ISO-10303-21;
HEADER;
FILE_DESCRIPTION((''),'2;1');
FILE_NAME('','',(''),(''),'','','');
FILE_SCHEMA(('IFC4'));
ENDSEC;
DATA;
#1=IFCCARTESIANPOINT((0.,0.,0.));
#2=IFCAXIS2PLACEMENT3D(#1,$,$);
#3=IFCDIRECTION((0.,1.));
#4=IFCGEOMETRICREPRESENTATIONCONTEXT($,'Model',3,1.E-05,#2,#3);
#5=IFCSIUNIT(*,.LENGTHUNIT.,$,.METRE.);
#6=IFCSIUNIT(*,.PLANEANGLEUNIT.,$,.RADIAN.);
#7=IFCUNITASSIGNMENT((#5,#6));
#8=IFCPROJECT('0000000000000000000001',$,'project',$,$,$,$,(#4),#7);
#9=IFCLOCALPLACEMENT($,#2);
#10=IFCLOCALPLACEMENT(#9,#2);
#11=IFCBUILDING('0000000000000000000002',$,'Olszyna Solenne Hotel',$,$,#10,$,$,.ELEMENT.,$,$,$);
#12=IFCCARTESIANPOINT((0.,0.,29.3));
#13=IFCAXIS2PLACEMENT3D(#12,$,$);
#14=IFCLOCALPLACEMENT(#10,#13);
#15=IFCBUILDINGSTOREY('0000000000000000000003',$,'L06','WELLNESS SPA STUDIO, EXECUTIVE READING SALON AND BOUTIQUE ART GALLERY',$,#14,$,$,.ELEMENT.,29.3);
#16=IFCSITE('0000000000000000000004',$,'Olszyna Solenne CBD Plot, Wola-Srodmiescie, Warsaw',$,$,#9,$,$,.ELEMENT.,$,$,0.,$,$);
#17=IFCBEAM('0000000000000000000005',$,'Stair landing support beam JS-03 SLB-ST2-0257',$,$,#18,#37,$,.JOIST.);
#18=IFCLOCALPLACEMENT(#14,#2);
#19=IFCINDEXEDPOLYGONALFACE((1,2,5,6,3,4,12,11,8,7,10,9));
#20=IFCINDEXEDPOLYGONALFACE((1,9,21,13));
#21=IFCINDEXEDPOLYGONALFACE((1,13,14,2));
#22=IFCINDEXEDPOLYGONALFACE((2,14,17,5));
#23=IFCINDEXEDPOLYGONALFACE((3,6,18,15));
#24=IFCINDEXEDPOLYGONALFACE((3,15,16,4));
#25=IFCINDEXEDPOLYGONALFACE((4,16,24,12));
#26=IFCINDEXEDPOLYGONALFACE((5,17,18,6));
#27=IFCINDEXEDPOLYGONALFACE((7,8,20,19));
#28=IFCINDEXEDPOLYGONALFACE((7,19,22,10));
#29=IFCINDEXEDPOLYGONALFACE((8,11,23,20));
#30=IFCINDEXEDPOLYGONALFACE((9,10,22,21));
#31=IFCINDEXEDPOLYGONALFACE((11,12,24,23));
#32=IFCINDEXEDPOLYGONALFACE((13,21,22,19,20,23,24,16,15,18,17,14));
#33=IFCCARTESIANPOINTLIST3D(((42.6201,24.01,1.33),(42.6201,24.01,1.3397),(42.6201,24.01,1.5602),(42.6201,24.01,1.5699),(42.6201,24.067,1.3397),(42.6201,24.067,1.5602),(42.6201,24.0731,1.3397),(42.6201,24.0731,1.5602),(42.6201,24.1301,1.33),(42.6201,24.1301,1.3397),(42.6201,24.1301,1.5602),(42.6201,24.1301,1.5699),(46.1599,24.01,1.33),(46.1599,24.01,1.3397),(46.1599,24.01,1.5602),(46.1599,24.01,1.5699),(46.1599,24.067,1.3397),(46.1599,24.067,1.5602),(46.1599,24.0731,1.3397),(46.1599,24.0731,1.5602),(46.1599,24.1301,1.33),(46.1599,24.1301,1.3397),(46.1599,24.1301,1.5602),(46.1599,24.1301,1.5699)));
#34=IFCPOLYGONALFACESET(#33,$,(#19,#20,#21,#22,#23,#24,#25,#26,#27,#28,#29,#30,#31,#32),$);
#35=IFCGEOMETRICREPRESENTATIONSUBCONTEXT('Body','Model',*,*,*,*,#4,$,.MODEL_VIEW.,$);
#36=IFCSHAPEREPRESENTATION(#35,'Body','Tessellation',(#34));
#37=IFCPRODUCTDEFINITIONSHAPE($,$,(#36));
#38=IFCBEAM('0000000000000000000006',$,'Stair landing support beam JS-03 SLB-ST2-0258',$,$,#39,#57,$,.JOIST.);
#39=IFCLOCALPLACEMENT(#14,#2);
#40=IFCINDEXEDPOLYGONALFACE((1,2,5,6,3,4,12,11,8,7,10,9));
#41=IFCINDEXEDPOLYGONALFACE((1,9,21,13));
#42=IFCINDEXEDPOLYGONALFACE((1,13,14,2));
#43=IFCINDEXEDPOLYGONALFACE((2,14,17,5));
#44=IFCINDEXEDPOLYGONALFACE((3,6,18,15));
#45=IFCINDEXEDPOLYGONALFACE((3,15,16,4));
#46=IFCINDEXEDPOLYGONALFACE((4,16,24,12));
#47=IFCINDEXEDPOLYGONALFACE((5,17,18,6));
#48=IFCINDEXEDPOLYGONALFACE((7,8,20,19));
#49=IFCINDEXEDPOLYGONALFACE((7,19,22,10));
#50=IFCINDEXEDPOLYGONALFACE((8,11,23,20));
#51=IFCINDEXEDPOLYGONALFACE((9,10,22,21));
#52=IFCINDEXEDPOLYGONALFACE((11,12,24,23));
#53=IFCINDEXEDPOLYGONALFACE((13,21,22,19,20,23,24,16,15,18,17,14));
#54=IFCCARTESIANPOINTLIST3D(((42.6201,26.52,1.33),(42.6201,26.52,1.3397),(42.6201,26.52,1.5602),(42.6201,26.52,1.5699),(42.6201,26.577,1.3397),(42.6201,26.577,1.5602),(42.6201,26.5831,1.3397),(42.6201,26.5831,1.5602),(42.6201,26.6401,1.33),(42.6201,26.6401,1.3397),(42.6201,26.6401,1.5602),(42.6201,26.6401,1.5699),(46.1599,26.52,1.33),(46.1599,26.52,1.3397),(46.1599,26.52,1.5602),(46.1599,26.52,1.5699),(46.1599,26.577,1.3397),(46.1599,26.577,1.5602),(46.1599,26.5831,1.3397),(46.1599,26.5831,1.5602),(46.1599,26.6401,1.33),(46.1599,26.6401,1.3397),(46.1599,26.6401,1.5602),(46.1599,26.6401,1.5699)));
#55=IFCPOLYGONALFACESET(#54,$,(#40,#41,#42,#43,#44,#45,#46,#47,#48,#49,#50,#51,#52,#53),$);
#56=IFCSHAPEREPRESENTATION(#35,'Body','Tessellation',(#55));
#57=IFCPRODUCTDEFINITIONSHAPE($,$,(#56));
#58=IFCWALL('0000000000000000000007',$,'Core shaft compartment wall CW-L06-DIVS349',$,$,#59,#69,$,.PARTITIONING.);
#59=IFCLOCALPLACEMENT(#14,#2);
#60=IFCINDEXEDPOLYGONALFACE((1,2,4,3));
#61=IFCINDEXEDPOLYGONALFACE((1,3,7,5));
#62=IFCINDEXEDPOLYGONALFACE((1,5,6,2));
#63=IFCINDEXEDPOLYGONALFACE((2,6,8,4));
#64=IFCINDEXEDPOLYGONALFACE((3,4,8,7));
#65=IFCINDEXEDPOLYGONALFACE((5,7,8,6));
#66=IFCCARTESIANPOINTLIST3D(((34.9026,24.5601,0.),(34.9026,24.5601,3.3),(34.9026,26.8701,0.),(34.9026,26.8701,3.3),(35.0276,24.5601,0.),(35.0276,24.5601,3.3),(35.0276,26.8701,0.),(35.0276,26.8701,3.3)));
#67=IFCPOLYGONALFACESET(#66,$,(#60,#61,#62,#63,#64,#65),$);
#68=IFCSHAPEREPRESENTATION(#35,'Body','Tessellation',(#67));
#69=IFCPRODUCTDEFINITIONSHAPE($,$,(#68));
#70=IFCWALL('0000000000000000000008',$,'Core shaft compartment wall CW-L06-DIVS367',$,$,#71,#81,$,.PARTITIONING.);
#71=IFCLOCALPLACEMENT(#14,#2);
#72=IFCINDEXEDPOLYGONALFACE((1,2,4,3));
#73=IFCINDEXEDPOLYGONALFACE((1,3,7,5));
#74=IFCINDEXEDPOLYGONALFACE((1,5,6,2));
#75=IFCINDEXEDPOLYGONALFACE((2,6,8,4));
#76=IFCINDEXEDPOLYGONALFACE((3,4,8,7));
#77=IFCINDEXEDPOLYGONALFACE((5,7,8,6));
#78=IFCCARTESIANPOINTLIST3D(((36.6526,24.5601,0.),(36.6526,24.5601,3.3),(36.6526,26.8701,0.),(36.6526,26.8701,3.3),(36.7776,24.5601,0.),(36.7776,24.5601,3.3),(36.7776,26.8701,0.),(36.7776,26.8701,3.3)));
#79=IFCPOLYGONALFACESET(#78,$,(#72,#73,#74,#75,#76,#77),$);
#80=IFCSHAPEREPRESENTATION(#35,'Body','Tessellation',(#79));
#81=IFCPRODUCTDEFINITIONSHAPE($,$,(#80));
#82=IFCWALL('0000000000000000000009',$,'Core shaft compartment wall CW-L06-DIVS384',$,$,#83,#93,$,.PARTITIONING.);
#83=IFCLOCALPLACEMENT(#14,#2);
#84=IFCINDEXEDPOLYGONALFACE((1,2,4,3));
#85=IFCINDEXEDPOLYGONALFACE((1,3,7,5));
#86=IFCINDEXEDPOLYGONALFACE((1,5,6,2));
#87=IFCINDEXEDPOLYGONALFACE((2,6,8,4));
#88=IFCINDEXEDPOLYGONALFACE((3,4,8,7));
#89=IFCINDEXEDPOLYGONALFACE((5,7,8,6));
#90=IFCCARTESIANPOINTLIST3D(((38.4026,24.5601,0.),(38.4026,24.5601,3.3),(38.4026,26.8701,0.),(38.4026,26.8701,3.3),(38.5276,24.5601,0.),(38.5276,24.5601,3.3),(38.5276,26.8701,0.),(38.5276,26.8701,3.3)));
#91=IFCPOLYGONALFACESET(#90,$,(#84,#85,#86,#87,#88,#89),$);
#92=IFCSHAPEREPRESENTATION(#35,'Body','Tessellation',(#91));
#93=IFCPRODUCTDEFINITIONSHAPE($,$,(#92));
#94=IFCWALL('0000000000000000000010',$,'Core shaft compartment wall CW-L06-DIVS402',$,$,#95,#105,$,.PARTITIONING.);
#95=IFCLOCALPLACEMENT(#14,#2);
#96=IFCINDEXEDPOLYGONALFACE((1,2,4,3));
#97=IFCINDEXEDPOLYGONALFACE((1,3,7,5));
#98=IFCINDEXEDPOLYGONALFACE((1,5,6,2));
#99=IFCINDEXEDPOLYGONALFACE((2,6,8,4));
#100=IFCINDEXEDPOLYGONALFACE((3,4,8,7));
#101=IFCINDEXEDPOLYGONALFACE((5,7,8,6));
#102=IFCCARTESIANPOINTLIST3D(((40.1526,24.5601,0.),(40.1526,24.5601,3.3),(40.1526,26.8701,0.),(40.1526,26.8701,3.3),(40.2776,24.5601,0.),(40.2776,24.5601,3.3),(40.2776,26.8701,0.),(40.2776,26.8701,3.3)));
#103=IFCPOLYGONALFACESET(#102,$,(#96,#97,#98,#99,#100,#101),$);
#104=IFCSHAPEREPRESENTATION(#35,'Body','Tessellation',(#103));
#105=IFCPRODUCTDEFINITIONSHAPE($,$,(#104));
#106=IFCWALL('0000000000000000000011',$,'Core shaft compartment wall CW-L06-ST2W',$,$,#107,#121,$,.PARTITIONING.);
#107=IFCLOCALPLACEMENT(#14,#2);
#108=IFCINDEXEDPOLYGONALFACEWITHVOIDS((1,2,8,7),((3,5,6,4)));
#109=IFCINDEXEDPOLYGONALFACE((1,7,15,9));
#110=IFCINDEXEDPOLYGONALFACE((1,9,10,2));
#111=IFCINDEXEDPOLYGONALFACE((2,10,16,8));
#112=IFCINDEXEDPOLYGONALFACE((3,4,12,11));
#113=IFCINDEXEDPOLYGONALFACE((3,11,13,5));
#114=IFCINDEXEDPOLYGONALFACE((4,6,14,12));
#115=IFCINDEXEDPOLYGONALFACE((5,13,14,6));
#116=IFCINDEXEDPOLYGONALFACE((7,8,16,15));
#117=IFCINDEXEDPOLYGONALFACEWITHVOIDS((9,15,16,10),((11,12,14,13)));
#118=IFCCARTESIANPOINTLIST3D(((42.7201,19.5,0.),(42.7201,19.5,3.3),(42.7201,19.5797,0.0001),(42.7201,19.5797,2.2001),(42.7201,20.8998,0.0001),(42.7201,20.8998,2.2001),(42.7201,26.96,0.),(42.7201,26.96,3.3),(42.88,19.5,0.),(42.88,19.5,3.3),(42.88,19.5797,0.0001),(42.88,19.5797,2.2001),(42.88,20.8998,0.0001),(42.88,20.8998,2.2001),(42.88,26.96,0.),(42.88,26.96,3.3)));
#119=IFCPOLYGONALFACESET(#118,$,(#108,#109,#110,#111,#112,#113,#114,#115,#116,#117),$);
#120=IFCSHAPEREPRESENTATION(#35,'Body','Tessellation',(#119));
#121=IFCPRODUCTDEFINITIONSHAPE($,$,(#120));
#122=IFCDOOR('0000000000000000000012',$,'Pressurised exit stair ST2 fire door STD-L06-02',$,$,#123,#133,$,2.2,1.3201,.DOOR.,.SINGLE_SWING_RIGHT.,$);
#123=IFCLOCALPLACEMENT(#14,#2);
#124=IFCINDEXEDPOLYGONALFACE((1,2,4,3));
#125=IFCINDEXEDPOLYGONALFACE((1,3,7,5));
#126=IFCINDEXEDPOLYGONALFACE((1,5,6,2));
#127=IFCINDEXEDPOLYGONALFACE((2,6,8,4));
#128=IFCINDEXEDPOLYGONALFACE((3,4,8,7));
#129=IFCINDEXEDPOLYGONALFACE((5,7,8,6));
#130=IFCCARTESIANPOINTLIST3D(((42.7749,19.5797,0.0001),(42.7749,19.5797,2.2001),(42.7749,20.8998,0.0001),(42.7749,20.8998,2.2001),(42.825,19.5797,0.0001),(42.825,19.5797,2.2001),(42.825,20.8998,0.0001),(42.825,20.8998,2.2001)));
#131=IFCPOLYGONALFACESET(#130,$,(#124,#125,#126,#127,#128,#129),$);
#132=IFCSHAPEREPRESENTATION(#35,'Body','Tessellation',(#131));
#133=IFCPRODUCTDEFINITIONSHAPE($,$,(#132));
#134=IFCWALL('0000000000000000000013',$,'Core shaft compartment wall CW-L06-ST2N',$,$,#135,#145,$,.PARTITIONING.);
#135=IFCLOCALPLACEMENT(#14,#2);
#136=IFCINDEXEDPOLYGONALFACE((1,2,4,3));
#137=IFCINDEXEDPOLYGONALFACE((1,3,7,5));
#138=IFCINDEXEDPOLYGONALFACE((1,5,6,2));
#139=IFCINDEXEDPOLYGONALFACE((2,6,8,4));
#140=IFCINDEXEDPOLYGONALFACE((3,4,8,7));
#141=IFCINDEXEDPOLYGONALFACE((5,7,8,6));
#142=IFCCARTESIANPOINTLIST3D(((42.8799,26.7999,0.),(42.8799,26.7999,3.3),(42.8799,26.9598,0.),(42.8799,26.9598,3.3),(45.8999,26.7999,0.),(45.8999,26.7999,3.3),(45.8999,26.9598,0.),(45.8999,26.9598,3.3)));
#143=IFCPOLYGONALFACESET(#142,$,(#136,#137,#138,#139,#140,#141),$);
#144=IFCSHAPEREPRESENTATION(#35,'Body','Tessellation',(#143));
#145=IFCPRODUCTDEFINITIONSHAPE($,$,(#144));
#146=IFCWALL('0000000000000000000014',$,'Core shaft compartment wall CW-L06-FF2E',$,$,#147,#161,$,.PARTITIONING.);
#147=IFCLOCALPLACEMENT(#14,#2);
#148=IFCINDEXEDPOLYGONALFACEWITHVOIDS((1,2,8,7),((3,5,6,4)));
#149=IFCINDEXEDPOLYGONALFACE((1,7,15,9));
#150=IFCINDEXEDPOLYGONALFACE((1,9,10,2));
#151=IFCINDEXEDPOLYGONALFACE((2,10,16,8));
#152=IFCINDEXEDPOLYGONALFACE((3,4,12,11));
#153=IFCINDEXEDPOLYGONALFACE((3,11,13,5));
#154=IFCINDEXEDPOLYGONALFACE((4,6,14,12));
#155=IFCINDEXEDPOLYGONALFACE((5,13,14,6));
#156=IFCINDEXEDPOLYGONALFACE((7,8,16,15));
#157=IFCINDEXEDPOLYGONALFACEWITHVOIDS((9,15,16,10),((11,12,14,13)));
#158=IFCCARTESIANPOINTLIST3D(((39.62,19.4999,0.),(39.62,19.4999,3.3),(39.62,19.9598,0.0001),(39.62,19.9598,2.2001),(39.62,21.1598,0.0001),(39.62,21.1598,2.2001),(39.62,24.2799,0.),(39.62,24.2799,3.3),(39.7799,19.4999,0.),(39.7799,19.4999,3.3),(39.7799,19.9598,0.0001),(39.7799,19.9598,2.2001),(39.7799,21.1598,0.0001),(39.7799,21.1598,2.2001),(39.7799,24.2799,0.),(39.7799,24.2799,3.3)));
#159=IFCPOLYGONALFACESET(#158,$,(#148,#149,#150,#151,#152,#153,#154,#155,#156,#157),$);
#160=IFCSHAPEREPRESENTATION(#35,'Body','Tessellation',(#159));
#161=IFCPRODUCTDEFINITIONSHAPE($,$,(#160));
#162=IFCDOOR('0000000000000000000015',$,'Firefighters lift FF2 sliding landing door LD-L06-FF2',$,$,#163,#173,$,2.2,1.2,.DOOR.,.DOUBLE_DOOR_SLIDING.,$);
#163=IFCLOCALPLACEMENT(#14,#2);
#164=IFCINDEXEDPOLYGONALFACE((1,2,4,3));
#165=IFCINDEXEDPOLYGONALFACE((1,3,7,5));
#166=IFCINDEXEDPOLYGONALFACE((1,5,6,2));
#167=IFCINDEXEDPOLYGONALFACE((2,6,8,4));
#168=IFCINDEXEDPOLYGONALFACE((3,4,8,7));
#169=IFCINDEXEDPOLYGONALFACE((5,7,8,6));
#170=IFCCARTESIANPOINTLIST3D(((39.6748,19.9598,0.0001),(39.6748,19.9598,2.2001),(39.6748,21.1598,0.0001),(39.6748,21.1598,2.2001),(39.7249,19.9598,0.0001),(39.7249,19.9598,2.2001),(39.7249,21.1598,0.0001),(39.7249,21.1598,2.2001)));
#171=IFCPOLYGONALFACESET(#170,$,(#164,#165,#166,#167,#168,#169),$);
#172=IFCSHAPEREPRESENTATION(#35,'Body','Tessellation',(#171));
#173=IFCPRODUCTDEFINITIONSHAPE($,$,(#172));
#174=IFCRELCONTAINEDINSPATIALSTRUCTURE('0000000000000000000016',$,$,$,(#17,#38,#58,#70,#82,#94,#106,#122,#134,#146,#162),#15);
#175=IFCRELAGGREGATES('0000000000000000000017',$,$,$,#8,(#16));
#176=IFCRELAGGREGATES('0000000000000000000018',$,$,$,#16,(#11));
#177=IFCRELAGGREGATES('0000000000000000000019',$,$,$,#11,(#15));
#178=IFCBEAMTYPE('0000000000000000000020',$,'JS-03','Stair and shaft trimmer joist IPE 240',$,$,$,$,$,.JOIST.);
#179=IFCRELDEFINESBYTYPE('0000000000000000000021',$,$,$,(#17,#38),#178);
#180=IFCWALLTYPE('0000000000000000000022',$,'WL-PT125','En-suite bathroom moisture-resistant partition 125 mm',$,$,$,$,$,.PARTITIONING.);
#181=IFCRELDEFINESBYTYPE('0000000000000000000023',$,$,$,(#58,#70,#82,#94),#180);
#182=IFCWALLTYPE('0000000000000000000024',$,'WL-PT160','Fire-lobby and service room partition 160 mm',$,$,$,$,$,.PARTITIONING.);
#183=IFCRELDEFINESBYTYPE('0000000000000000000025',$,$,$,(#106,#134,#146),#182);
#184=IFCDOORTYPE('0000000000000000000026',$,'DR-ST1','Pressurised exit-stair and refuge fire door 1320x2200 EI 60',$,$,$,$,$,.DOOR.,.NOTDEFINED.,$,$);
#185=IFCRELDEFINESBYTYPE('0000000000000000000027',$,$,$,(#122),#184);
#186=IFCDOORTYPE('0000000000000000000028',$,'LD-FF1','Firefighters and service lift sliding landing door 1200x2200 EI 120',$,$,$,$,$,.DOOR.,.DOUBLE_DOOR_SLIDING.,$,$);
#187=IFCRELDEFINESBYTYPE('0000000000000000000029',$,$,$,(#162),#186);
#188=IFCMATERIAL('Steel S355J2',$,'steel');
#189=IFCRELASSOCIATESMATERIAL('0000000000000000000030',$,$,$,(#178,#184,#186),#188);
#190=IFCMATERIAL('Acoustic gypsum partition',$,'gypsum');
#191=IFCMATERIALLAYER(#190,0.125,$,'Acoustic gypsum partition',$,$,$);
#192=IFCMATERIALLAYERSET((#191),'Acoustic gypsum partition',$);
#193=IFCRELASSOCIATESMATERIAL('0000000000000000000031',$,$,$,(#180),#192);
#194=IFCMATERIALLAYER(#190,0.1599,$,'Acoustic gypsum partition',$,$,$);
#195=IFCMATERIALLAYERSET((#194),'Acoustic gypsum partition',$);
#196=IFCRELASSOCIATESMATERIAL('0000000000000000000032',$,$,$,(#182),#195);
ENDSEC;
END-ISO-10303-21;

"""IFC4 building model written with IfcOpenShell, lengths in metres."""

from ifc_helpers import new_model, si_unit, direction, frame, frame_2d, origin, origin_2d, place, context, subcontext, project, spatial, rectangle, i_section, extrude, source, transform, mapped, material, layer, layer_set, material_profile, profile_set, type_object, type_shapes, element, fill, save


model = new_model("IFC4")

# Units and contexts
model_context = context("Model", 3, precision=1e-05, world=origin(), true_north=direction((0.0, 1.0)))
body_context = subcontext(model_context, "Body", "Model", "MODEL_VIEW")
ifc_project = project(units=[si_unit("LENGTHUNIT", "METRE"), si_unit("PLANEANGLEUNIT", "RADIAN")], contexts=[model_context])

# Site, building, storey
site_placement = place(None, origin())
site = spatial("IfcSite", under=ifc_project, at=site_placement, Name="Olszyna Solenne CBD Plot, Wola-Srodmiescie, Warsaw", CompositionType="ELEMENT", RefElevation=0.0)
building_placement = place(site_placement, origin())
building = spatial("IfcBuilding", under=site, at=building_placement, Name="Olszyna Solenne Hotel", CompositionType="ELEMENT")
storey_placement = place(building_placement, frame((0.0, 0.0, 29.3)))
storey = spatial("IfcBuildingStorey", under=building, at=storey_placement, Name="L06", Description="WELLNESS SPA STUDIO, EXECUTIVE READING SALON AND BOUTIQUE ART GALLERY", CompositionType="ELEMENT", Elevation=29.3)

# Beams
ifc_material_1 = material(Name="Steel S355J2", Category="steel")
ifc_material_profile = material_profile(ifc_material_1, i_section(OverallWidth=0.1201, OverallDepth=0.24, WebThickness=0.0061, FlangeThickness=0.0098, at=origin_2d()), Name="IPE 240", Category="load-bearing")
ifc_profile_set = profile_set([ifc_material_profile], Name="Steel S355J2")
beam_type = type_object("IfcBeamType", Name="JS-03", Description="Stair and shaft trimmer joist IPE 240", PredefinedType="JOIST", material=ifc_profile_set)
shared_shape_1 = source(origin(), body_context, "Body", "SweptSolid", [
    extrude(i_section(OverallWidth=0.1201, OverallDepth=0.24, WebThickness=0.0061, FlangeThickness=0.0098, at=origin_2d()), origin(), (0.0, 0.0, 1.0), 3.5398),
])
for number, where, z_axis, x_axis, name in (
    (1, (46.1599, 24.0701, 1.45), (-1.0, 0.0, 0.0), (0.0, -1.0, 0.0), "Stair landing support beam JS-03 SLB-ST2-0257"),
    (2, (46.1599, 26.5801, 1.45), (-1.0, 0.0, 0.0), (0.0, -1.0, 0.0), "Stair landing support beam JS-03 SLB-ST2-0258"),
):
    element("IfcBeam", number, at=place(storey_placement, frame(where, z_axis=z_axis, x_axis=x_axis)), inside=storey, type_object=beam_type, Name=name, PredefinedType="JOIST", context=body_context, shape_type="MappedRepresentation", body=[
        mapped(shared_shape_1, transform((0.0, 0.0, 0.0), x_axis=(1.0, 0.0, 0.0), y_axis=(0.0, 1.0, 0.0), z_axis=(0.0, 0.0, 1.0), scale=1.0)),
    ])

# Walls
ifc_material_2 = material(Name="Acoustic gypsum partition", Category="gypsum")
ifc_layer_1 = layer(ifc_material_2, 0.125, Name="Acoustic gypsum partition")
ifc_layer_set_1 = layer_set([ifc_layer_1], Name="Acoustic gypsum partition")
wall_type_1 = type_object("IfcWallType", Name="WL-PT125", Description="En-suite bathroom moisture-resistant partition 125 mm", PredefinedType="PARTITIONING", material=ifc_layer_set_1)
for number, where, z_axis, x_axis, name in (
    (3, (34.9651, 24.5601, 0.0), (0.0, 0.0, 1.0), (0.0, 1.0, 0.0), "Core shaft compartment wall CW-L06-DIVS349"),
    (4, (36.7151, 24.5601, 0.0), (0.0, 0.0, 1.0), (0.0, 1.0, 0.0), "Core shaft compartment wall CW-L06-DIVS367"),
    (5, (38.4651, 24.5601, 0.0), (0.0, 0.0, 1.0), (0.0, 1.0, 0.0), "Core shaft compartment wall CW-L06-DIVS384"),
    (6, (40.2151, 24.5601, 0.0), (0.0, 0.0, 1.0), (0.0, 1.0, 0.0), "Core shaft compartment wall CW-L06-DIVS402"),
):
    element("IfcWall", number, at=place(storey_placement, frame(where, z_axis=z_axis, x_axis=x_axis)), inside=storey, type_object=wall_type_1, Name=name, PredefinedType="PARTITIONING", context=body_context, shape_type="SweptSolid", body=[
        extrude(rectangle(XDim=2.3101, YDim=0.125, at=frame_2d((1.155, 0.0))), origin(), (0.0, 0.0, 1.0), 3.3),
    ])

# Wall, opening, door
ifc_layer_2 = layer(ifc_material_2, 0.1599, Name="Acoustic gypsum partition")
ifc_layer_set_2 = layer_set([ifc_layer_2], Name="Acoustic gypsum partition")
wall_type_2 = type_object("IfcWallType", Name="WL-PT160", Description="Fire-lobby and service room partition 160 mm", PredefinedType="PARTITIONING", material=ifc_layer_set_2)
wall_1_placement = place(storey_placement, frame((42.8, 26.96, 0.0), z_axis=(0.0, 0.0, 1.0), x_axis=(0.0, -1.0, 0.0)))
wall_1 = element("IfcWall", 7, at=wall_1_placement, inside=storey, type_object=wall_type_2, Name="Core shaft compartment wall CW-L06-ST2W", PredefinedType="PARTITIONING", context=body_context, shape_type="SweptSolid", body=[
    extrude(rectangle(XDim=7.46, YDim=0.1599, at=frame_2d((3.73, 0.0))), origin(), (0.0, 0.0, 1.0), 3.3),
])
opening_1_placement = place(wall_1_placement, frame((6.0601, 0.0, 0.0)))
opening_1 = element("IfcOpeningElement", 8, at=opening_1_placement, cuts=wall_1, PredefinedType="OPENING", context=body_context, shape_type="SweptSolid", body=[
    extrude(rectangle(XDim=1.3201, YDim=2.2, at=frame_2d((0.6602, 1.1001))), frame((0.0, 0.0898, 0.0), z_axis=(0.0, -1.0, 0.0), x_axis=(1.0, 0.0, 0.0)), (0.0, 0.0, 1.0), 0.1799),
])
door_type_1 = type_object("IfcDoorType", Name="DR-ST1", Description="Pressurised exit-stair and refuge fire door 1320x2200 EI 60", OperationType="NOTDEFINED", PredefinedType="DOOR", material=ifc_material_1)
shared_shape_2 = source(origin(), body_context, "Body", "SweptSolid", [
    extrude(rectangle(XDim=1.3201, YDim=2.2, at=frame_2d((0.6602, 1.1001))), frame((0.0, 0.0249, 0.0), z_axis=(0.0, -1.0, 0.0), x_axis=(1.0, 0.0, 0.0)), (0.0, 0.0, 1.0), 0.05),
])
type_shapes(door_type_1, [shared_shape_2])
door_1_placement = place(opening_1_placement, origin())
door_1 = element("IfcDoor", 9, at=door_1_placement, inside=storey, type_object=door_type_1, Name="Pressurised exit stair ST2 fire door STD-L06-02", OperationType="SINGLE_SWING_RIGHT", OverallHeight=2.2, OverallWidth=1.3201, PredefinedType="DOOR", context=body_context, shape_type="MappedRepresentation", body=[
    mapped(shared_shape_2, transform((0.0, 0.0, 0.0), x_axis=(1.0, 0.0, 0.0), y_axis=(0.0, 1.0, 0.0), z_axis=(0.0, 0.0, 1.0), scale=1.0)),
])
fill(opening_1, door_1)

# Wall
wall_2_placement = place(storey_placement, frame((42.8799, 26.8799, 0.0), z_axis=(0.0, 0.0, 1.0), x_axis=(1.0, 0.0, 0.0)))
element("IfcWall", 10, at=wall_2_placement, inside=storey, type_object=wall_type_2, Name="Core shaft compartment wall CW-L06-ST2N", PredefinedType="PARTITIONING", context=body_context, shape_type="SweptSolid", body=[
    extrude(rectangle(XDim=3.02, YDim=0.1599, at=frame_2d((1.51, 0.0))), origin(), (0.0, 0.0, 1.0), 3.3),
])

# Wall, opening, door
wall_3_placement = place(storey_placement, frame((39.7, 24.28, 0.0), z_axis=(0.0, 0.0, 1.0), x_axis=(0.0, -1.0, 0.0)))
wall_3 = element("IfcWall", 11, at=wall_3_placement, inside=storey, type_object=wall_type_2, Name="Core shaft compartment wall CW-L06-FF2E", PredefinedType="PARTITIONING", context=body_context, shape_type="SweptSolid", body=[
    extrude(rectangle(XDim=4.78, YDim=0.1599, at=frame_2d((2.3901, 0.0))), origin(), (0.0, 0.0, 1.0), 3.3),
])
opening_2_placement = place(wall_3_placement, frame((3.1201, 0.0, 0.0)))
opening_2 = element("IfcOpeningElement", 12, at=opening_2_placement, cuts=wall_3, PredefinedType="OPENING", context=body_context, shape_type="SweptSolid", body=[
    extrude(rectangle(XDim=1.2, YDim=2.2, at=frame_2d((0.6001, 1.1001))), frame((0.0, 0.0898, 0.0), z_axis=(0.0, -1.0, 0.0), x_axis=(1.0, 0.0, 0.0)), (0.0, 0.0, 1.0), 0.1799),
])
door_type_2 = type_object("IfcDoorType", Name="LD-FF1", Description="Firefighters and service lift sliding landing door 1200x2200 EI 120", OperationType="DOUBLE_DOOR_SLIDING", PredefinedType="DOOR", material=ifc_material_1)
shared_shape_3 = source(origin(), body_context, "Body", "SweptSolid", [
    extrude(rectangle(XDim=1.2, YDim=2.2, at=frame_2d((0.6001, 1.1001))), frame((0.0, 0.0249, 0.0), z_axis=(0.0, -1.0, 0.0), x_axis=(1.0, 0.0, 0.0)), (0.0, 0.0, 1.0), 0.05),
])
type_shapes(door_type_2, [shared_shape_3])
door_2_placement = place(opening_2_placement, origin())
door_2 = element("IfcDoor", 13, at=door_2_placement, inside=storey, type_object=door_type_2, Name="Firefighters lift FF2 sliding landing door LD-L06-FF2", OperationType="DOUBLE_DOOR_SLIDING", OverallHeight=2.2, OverallWidth=1.2, PredefinedType="DOOR", context=body_context, shape_type="MappedRepresentation", body=[
    mapped(shared_shape_3, transform((0.0, 0.0, 0.0), x_axis=(1.0, 0.0, 0.0), y_axis=(0.0, 1.0, 0.0), z_axis=(0.0, 0.0, 1.0), scale=1.0)),
])
fill(opening_2, door_2)

save(model, "model.ifc")
